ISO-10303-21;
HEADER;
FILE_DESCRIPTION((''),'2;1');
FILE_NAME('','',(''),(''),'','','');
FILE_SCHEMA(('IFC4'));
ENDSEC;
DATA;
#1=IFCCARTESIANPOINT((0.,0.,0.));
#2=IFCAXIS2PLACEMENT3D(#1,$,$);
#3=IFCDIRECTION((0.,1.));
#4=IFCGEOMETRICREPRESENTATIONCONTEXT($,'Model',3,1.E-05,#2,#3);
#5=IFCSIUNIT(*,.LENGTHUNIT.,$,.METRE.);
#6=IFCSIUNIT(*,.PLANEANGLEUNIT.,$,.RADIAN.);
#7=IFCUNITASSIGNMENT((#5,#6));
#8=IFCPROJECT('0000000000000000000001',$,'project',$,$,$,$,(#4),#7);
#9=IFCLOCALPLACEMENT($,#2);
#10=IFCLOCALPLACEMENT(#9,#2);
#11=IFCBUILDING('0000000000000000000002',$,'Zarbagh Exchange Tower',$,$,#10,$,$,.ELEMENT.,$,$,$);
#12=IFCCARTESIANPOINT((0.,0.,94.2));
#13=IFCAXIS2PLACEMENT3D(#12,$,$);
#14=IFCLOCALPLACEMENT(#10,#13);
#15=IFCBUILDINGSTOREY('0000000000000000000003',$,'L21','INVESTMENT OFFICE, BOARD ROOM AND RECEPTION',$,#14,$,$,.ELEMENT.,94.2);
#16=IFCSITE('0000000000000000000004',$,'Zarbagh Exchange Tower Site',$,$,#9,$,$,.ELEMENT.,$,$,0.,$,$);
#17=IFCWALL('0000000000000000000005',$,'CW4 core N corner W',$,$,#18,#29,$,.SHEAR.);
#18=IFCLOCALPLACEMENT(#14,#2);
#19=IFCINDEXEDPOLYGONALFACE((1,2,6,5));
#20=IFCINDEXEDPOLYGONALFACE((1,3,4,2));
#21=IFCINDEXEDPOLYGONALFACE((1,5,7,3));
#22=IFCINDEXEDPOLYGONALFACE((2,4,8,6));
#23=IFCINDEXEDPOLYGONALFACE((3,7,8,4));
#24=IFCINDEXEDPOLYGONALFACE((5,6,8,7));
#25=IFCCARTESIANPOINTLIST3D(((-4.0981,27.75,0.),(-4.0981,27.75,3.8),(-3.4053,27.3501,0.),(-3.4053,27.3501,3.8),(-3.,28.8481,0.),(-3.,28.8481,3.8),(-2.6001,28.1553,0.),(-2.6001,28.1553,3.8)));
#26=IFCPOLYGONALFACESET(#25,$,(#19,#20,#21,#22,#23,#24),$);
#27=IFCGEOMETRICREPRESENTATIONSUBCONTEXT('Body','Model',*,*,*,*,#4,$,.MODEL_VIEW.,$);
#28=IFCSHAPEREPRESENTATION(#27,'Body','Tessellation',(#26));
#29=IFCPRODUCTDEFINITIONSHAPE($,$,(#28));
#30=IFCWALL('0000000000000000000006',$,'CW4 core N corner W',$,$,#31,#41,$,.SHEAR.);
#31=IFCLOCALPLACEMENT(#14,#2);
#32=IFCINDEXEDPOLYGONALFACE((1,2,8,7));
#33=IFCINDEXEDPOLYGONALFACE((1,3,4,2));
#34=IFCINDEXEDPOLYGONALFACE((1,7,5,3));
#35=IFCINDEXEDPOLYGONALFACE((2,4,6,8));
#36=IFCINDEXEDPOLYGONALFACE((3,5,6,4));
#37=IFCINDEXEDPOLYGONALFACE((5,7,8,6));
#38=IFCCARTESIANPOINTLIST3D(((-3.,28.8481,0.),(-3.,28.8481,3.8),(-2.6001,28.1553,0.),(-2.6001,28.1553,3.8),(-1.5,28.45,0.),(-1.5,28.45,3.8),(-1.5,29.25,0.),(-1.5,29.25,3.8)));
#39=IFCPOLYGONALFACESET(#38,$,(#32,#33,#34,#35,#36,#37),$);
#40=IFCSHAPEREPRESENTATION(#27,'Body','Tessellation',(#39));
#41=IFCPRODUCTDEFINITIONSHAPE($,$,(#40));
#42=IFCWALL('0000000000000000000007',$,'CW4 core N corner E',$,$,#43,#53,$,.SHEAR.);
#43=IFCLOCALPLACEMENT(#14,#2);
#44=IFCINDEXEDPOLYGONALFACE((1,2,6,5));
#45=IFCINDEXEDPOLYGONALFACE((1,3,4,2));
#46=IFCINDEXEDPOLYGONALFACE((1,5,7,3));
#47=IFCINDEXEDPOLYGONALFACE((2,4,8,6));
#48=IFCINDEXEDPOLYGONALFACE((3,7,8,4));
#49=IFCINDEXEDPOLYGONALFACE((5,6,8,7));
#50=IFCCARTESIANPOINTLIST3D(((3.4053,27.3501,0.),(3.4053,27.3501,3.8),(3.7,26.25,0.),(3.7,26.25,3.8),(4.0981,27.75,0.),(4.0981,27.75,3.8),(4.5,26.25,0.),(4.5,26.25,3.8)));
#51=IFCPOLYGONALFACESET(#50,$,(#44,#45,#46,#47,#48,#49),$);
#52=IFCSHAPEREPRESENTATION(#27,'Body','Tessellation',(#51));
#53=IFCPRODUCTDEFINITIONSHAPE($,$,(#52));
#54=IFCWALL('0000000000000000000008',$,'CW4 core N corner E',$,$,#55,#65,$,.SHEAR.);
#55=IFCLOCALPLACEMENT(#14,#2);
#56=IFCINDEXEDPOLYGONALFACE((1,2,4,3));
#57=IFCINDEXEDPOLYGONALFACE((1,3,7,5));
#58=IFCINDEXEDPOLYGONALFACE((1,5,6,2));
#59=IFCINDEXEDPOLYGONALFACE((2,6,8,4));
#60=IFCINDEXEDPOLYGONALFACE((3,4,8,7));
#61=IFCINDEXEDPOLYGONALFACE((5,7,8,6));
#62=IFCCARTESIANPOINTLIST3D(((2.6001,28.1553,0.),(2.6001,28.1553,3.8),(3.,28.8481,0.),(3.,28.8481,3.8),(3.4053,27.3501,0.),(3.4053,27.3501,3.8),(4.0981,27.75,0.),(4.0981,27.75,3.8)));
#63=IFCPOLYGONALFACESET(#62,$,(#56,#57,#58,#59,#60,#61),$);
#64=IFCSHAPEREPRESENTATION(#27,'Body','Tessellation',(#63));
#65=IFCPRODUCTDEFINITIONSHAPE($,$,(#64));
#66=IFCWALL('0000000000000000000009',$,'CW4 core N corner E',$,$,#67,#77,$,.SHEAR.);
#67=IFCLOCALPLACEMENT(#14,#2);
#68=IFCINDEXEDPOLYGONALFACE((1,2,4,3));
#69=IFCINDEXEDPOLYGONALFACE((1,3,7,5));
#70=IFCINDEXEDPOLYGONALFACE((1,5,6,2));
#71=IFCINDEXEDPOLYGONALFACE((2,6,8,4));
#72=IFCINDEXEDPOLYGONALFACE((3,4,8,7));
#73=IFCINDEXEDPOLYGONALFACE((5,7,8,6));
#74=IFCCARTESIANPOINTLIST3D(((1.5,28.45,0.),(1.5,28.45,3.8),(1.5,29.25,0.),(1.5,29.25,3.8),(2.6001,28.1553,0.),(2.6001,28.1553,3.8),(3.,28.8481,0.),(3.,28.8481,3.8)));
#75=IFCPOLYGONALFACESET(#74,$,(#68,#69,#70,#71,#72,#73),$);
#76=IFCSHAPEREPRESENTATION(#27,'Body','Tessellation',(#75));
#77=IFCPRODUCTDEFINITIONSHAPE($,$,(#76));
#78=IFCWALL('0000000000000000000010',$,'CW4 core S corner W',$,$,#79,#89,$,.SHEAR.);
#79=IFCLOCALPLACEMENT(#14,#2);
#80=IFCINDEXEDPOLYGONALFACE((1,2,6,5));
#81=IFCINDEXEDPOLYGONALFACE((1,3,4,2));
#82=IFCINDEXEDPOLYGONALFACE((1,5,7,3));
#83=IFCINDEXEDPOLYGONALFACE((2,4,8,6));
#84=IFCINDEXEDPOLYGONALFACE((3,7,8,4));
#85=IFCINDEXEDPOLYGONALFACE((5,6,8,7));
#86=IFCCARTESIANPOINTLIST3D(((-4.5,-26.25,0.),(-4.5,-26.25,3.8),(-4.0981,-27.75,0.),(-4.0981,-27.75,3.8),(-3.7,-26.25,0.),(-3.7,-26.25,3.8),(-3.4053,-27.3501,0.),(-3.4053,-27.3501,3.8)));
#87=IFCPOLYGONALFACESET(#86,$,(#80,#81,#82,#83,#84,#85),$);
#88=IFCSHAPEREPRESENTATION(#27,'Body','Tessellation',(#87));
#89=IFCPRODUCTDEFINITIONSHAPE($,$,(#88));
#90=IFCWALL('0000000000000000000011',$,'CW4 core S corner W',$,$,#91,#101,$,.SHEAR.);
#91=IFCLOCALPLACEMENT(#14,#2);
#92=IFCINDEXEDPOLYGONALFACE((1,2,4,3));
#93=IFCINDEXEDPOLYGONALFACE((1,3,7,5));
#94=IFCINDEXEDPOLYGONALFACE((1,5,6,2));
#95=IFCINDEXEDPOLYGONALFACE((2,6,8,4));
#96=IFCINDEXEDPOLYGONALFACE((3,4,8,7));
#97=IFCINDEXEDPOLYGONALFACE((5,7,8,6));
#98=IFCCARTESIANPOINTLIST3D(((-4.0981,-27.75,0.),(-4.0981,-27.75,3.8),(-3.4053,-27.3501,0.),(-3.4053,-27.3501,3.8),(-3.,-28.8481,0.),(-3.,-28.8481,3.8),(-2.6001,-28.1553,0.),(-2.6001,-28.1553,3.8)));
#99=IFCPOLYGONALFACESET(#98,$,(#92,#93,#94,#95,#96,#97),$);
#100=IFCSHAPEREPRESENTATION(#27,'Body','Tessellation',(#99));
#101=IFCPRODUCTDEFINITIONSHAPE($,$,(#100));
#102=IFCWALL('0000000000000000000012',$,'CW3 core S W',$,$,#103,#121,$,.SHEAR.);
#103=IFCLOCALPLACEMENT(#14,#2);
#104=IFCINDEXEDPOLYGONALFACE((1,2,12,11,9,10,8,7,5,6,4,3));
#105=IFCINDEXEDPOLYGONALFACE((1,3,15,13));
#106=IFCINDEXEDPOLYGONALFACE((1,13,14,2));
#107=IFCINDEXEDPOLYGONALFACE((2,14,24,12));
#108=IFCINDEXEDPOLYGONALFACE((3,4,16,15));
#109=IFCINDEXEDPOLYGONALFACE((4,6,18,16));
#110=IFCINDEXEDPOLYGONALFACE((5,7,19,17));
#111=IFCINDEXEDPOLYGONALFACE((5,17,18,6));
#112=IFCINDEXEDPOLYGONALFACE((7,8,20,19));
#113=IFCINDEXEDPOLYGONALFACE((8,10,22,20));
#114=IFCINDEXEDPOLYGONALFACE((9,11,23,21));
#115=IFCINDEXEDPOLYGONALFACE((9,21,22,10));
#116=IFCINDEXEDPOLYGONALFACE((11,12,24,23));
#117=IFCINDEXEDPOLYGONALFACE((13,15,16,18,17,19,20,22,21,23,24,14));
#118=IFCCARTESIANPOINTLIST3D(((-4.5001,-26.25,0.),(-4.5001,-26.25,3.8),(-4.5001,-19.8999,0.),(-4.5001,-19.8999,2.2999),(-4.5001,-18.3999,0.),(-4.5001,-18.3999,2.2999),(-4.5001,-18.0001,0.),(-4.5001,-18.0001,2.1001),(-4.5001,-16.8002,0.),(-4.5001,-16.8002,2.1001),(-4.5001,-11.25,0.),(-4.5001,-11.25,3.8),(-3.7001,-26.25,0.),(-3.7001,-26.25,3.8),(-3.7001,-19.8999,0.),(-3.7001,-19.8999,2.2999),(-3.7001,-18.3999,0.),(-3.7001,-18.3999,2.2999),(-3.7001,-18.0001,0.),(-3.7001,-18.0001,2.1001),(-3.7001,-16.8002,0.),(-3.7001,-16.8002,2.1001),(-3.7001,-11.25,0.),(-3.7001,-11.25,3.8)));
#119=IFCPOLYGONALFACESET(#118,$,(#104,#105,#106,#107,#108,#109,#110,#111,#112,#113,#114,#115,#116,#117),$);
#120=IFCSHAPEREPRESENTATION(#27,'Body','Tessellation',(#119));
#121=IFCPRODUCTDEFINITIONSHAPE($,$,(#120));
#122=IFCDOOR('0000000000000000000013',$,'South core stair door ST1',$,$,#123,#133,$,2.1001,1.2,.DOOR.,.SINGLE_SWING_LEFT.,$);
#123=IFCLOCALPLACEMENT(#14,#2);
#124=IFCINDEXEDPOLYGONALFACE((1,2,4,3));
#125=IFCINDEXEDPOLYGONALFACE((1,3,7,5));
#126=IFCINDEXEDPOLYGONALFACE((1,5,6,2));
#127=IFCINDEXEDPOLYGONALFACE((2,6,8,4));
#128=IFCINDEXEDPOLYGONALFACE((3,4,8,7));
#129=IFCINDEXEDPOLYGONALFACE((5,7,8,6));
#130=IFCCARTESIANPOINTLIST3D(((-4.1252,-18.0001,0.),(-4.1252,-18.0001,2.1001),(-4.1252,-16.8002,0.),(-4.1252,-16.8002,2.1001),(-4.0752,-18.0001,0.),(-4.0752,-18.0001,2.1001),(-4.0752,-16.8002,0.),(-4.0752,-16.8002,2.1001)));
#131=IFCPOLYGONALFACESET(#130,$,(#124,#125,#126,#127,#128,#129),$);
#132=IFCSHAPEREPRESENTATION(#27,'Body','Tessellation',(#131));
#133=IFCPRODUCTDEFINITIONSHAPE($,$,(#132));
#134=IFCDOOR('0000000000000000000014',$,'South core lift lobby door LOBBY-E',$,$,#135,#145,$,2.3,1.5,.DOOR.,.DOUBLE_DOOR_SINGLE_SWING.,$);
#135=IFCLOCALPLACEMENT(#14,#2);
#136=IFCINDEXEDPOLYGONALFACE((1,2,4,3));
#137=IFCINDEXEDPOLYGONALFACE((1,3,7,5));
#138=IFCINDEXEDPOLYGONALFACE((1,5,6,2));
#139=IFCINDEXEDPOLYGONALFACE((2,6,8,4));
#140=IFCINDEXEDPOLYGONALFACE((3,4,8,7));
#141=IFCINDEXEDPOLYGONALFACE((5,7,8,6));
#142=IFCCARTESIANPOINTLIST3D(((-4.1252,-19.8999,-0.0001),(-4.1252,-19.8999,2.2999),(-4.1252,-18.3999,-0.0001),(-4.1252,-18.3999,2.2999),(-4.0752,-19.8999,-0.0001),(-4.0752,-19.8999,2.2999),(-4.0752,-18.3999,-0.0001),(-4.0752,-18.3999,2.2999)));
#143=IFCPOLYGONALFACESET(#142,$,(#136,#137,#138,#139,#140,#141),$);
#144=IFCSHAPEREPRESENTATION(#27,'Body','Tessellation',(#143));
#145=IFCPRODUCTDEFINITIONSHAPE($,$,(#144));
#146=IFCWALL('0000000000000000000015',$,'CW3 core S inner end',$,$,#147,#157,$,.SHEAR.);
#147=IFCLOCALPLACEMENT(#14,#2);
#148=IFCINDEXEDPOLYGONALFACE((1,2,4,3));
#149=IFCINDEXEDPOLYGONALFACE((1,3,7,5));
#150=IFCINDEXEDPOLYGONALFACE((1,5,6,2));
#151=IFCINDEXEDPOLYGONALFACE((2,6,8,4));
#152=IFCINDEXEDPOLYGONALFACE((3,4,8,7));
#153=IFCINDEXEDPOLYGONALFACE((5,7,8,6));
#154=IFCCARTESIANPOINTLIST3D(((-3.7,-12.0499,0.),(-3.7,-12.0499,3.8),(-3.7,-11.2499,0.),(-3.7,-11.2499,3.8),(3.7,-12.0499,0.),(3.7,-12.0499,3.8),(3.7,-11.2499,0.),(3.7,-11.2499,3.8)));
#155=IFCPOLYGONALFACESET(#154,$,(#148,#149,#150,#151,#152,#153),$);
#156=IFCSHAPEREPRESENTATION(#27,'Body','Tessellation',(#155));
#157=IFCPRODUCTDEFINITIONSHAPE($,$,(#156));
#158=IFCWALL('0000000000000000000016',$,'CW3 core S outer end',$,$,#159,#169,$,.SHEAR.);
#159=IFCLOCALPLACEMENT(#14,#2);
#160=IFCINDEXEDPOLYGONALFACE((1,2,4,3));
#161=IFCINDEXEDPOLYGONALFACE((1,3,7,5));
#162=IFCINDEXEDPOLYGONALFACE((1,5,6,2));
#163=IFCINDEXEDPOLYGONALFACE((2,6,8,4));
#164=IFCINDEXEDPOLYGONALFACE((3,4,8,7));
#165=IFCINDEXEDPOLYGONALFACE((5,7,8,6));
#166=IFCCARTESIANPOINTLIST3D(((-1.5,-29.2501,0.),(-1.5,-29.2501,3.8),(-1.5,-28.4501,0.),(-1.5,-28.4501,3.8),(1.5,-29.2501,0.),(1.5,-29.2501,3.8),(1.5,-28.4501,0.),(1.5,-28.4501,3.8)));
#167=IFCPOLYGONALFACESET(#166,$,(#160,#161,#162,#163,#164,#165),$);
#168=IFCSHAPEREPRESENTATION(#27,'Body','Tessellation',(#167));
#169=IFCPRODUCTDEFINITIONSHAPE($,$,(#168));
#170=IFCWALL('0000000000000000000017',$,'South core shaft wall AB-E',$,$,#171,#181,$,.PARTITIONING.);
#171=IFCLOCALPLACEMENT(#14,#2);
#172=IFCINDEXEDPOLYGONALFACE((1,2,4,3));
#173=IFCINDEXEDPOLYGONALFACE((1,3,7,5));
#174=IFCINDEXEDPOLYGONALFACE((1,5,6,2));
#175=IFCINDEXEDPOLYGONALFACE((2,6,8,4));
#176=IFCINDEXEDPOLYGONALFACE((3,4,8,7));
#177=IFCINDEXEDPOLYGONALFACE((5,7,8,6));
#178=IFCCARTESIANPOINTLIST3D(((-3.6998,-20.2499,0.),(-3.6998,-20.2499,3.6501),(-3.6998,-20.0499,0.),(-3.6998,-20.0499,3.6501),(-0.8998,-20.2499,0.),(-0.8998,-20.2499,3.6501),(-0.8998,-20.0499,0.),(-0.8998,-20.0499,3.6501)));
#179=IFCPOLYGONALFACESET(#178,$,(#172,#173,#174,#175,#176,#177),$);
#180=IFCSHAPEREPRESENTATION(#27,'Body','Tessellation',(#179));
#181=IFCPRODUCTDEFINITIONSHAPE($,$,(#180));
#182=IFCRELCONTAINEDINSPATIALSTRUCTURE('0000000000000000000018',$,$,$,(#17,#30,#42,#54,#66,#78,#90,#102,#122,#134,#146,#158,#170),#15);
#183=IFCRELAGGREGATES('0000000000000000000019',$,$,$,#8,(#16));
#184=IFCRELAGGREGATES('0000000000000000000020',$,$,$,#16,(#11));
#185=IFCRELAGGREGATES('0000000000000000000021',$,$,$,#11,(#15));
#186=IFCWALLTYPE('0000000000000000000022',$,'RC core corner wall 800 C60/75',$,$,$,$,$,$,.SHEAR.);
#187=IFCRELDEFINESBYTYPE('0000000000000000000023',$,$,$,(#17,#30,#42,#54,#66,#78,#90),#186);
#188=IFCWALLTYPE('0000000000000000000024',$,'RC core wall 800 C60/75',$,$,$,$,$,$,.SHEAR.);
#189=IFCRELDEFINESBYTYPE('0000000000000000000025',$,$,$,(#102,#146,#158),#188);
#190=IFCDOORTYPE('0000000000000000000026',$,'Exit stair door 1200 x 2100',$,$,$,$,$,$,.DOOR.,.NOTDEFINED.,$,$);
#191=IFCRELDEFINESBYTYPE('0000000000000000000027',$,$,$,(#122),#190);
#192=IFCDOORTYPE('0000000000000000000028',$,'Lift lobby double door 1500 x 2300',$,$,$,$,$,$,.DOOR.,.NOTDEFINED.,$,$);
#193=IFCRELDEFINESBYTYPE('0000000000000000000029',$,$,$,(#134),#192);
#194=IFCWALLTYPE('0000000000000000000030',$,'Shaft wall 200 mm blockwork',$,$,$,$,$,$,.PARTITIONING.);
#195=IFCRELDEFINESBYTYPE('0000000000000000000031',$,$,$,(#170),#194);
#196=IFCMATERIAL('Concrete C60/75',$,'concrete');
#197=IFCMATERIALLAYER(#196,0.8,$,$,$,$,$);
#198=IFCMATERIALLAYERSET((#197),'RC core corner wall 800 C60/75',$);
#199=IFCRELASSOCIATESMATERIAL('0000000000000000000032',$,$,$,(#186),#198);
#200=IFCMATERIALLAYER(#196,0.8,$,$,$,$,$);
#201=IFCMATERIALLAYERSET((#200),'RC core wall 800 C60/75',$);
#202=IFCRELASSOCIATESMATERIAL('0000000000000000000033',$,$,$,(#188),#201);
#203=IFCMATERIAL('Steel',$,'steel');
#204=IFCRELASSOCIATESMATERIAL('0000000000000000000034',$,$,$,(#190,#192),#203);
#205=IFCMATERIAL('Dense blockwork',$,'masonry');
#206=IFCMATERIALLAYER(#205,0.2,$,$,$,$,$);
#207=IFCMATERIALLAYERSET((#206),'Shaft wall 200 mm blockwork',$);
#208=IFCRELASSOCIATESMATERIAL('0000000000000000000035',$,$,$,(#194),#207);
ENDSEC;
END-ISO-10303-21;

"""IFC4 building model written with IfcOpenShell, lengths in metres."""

from ifc_helpers import new_model, si_unit, direction, frame, frame_2d, origin, place, context, subcontext, project, spatial, polyline, rectangle, outline, extrude, material, layer, layer_set, type_object, element, fill, save


model = new_model("IFC4")

# Units and contexts
model_context = context("Model", 3, precision=1e-05, world=origin(), true_north=direction((0.0, 1.0)))
body_context = subcontext(model_context, "Body", "Model", "MODEL_VIEW")
ifc_project = project(units=[si_unit("LENGTHUNIT", "METRE"), si_unit("PLANEANGLEUNIT", "RADIAN")], contexts=[model_context])

# Site, building, storey
site_placement = place(None, origin())
site = spatial("IfcSite", under=ifc_project, at=site_placement, Name="Zarbagh Exchange Tower Site", CompositionType="ELEMENT", RefElevation=0.0)
building_placement = place(site_placement, origin())
building = spatial("IfcBuilding", under=site, at=building_placement, Name="Zarbagh Exchange Tower", CompositionType="ELEMENT")
storey_placement = place(building_placement, frame((0.0, 0.0, 94.2)))
storey = spatial("IfcBuildingStorey", under=building, at=storey_placement, Name="L21", Description="INVESTMENT OFFICE, BOARD ROOM AND RECEPTION", CompositionType="ELEMENT", Elevation=94.2)

# Shared definitions
ifc_material_1 = material(Name="Concrete C60/75", Category="concrete")

# Walls
ifc_layer_1 = layer(ifc_material_1, 0.8)
ifc_layer_set_1 = layer_set([ifc_layer_1], Name="RC core corner wall 800 C60/75")
wall_type_1 = type_object("IfcWallType", Name="RC core corner wall 800 C60/75", PredefinedType="SHEAR", material=ifc_layer_set_1)
wall_1_placement = place(storey_placement, origin())
element("IfcWall", 1, at=wall_1_placement, inside=storey, type_object=wall_type_1, Name="CW4 core N corner W", PredefinedType="SHEAR", context=body_context, shape_type="SweptSolid", body=[
    extrude(outline(polyline([(-4.0981, 27.75), (-3.0, 28.8481), (-2.6001, 28.1553), (-3.4053, 27.3501), (-4.0981, 27.75)])), origin(), (0.0, 0.0, 1.0), 3.8),
])
wall_2_placement = place(storey_placement, origin())
element("IfcWall", 2, at=wall_2_placement, inside=storey, type_object=wall_type_1, Name="CW4 core N corner W", PredefinedType="SHEAR", context=body_context, shape_type="SweptSolid", body=[
    extrude(outline(polyline([(-3.0, 28.8481), (-1.5, 29.25), (-1.5, 28.45), (-2.6001, 28.1553), (-3.0, 28.8481)])), origin(), (0.0, 0.0, 1.0), 3.8),
])
wall_3_placement = place(storey_placement, origin())
element("IfcWall", 3, at=wall_3_placement, inside=storey, type_object=wall_type_1, Name="CW4 core N corner E", PredefinedType="SHEAR", context=body_context, shape_type="SweptSolid", body=[
    extrude(outline(polyline([(4.5, 26.25), (4.0981, 27.75), (3.4053, 27.3501), (3.7, 26.25), (4.5, 26.25)])), origin(), (0.0, 0.0, 1.0), 3.8),
])
wall_4_placement = place(storey_placement, origin())
element("IfcWall", 4, at=wall_4_placement, inside=storey, type_object=wall_type_1, Name="CW4 core N corner E", PredefinedType="SHEAR", context=body_context, shape_type="SweptSolid", body=[
    extrude(outline(polyline([(4.0981, 27.75), (3.0, 28.8481), (2.6001, 28.1553), (3.4053, 27.3501), (4.0981, 27.75)])), origin(), (0.0, 0.0, 1.0), 3.8),
])
wall_5_placement = place(storey_placement, origin())
element("IfcWall", 5, at=wall_5_placement, inside=storey, type_object=wall_type_1, Name="CW4 core N corner E", PredefinedType="SHEAR", context=body_context, shape_type="SweptSolid", body=[
    extrude(outline(polyline([(3.0, 28.8481), (1.5, 29.25), (1.5, 28.45), (2.6001, 28.1553), (3.0, 28.8481)])), origin(), (0.0, 0.0, 1.0), 3.8),
])
wall_6_placement = place(storey_placement, origin())
element("IfcWall", 6, at=wall_6_placement, inside=storey, type_object=wall_type_1, Name="CW4 core S corner W", PredefinedType="SHEAR", context=body_context, shape_type="SweptSolid", body=[
    extrude(outline(polyline([(-4.5, -26.25), (-4.0981, -27.75), (-3.4053, -27.3501), (-3.7, -26.25), (-4.5, -26.25)])), origin(), (0.0, 0.0, 1.0), 3.8),
])
wall_7_placement = place(storey_placement, origin())
element("IfcWall", 7, at=wall_7_placement, inside=storey, type_object=wall_type_1, Name="CW4 core S corner W", PredefinedType="SHEAR", context=body_context, shape_type="SweptSolid", body=[
    extrude(outline(polyline([(-4.0981, -27.75), (-3.0, -28.8481), (-2.6001, -28.1553), (-3.4053, -27.3501), (-4.0981, -27.75)])), origin(), (0.0, 0.0, 1.0), 3.8),
])

# Wall, openings, doors
ifc_layer_2 = layer(ifc_material_1, 0.8)
ifc_layer_set_2 = layer_set([ifc_layer_2], Name="RC core wall 800 C60/75")
wall_type_2 = type_object("IfcWallType", Name="RC core wall 800 C60/75", PredefinedType="SHEAR", material=ifc_layer_set_2)
wall_8_placement = place(storey_placement, frame((-4.1001, -11.25, 0.0), z_axis=(0.0, 0.0, 1.0), x_axis=(0.0, -1.0, 0.0)))
wall_8 = element("IfcWall", 8, at=wall_8_placement, inside=storey, type_object=wall_type_2, Name="CW3 core S W", PredefinedType="SHEAR", context=body_context, shape_type="SweptSolid", body=[
    extrude(rectangle(XDim=15.0, YDim=0.8, at=frame_2d((7.5, 0.0))), origin(), (0.0, 0.0, 1.0), 3.8),
])
opening_1_placement = place(wall_8_placement, frame((7.1499, 0.0, 0.0)))
opening_1 = element("IfcOpeningElement", 9, at=opening_1_placement, cuts=wall_8, PredefinedType="OPENING", context=body_context, shape_type="SweptSolid", body=[
    extrude(rectangle(XDim=1.5, YDim=2.3, at=frame_2d((0.75, 1.1499))), frame((0.0, 0.4099, 0.0), z_axis=(0.0, -1.0, 0.0), x_axis=(1.0, 0.0, 0.0)), (0.0, 0.0, 1.0), 0.8201),
])
opening_2_placement = place(wall_8_placement, frame((5.55, 0.0, 0.0)))
opening_2 = element("IfcOpeningElement", 10, at=opening_2_placement, cuts=wall_8, PredefinedType="OPENING", context=body_context, shape_type="SweptSolid", body=[
    extrude(rectangle(XDim=1.2, YDim=2.1001, at=frame_2d((0.6001, 1.05))), frame((0.0, 0.4099, 0.0), z_axis=(0.0, -1.0, 0.0), x_axis=(1.0, 0.0, 0.0)), (0.0, 0.0, 1.0), 0.8201),
])
ifc_material_2 = material(Name="Steel", Category="steel")
door_type_1 = type_object("IfcDoorType", Name="Exit stair door 1200 x 2100", OperationType="NOTDEFINED", PredefinedType="DOOR", material=ifc_material_2)
door_1_placement = place(opening_2_placement, origin())
door_1 = element("IfcDoor", 11, at=door_1_placement, inside=storey, type_object=door_type_1, Name="South core stair door ST1", OperationType="SINGLE_SWING_LEFT", OverallHeight=2.1001, OverallWidth=1.2, PredefinedType="DOOR", context=body_context, shape_type="SweptSolid", body=[
    extrude(rectangle(XDim=1.2, YDim=2.1001, at=frame_2d((0.6001, 1.05))), frame((0.0, 0.0249, 0.0), z_axis=(0.0, -1.0, 0.0), x_axis=(1.0, 0.0, 0.0)), (0.0, 0.0, 1.0), 0.05),
])
fill(opening_2, door_1)
door_type_2 = type_object("IfcDoorType", Name="Lift lobby double door 1500 x 2300", OperationType="NOTDEFINED", PredefinedType="DOOR", material=ifc_material_2)
door_2_placement = place(opening_1_placement, origin())
door_2 = element("IfcDoor", 12, at=door_2_placement, inside=storey, type_object=door_type_2, Name="South core lift lobby door LOBBY-E", OperationType="DOUBLE_DOOR_SINGLE_SWING", OverallHeight=2.3, OverallWidth=1.5, PredefinedType="DOOR", context=body_context, shape_type="SweptSolid", body=[
    extrude(rectangle(XDim=1.5, YDim=2.3, at=frame_2d((0.75, 1.1499))), frame((0.0, 0.0249, 0.0), z_axis=(0.0, -1.0, 0.0), x_axis=(1.0, 0.0, 0.0)), (0.0, 0.0, 1.0), 0.05),
])
fill(opening_1, door_2)

# Walls
wall_9_placement = place(storey_placement, frame((-3.7, -11.6499, 0.0), z_axis=(0.0, 0.0, 1.0), x_axis=(1.0, 0.0, 0.0)))
element("IfcWall", 13, at=wall_9_placement, inside=storey, type_object=wall_type_2, Name="CW3 core S inner end", PredefinedType="SHEAR", context=body_context, shape_type="SweptSolid", body=[
    extrude(rectangle(XDim=7.3999, YDim=0.8, at=frame_2d((3.7, 0.0))), origin(), (0.0, 0.0, 1.0), 3.8),
])
wall_10_placement = place(storey_placement, frame((-1.5, -28.8501, 0.0), z_axis=(0.0, 0.0, 1.0), x_axis=(1.0, 0.0, 0.0)))
element("IfcWall", 14, at=wall_10_placement, inside=storey, type_object=wall_type_2, Name="CW3 core S outer end", PredefinedType="SHEAR", context=body_context, shape_type="SweptSolid", body=[
    extrude(rectangle(XDim=3.0, YDim=0.8, at=frame_2d((1.5, 0.0))), origin(), (0.0, 0.0, 1.0), 3.8),
])
ifc_material_3 = material(Name="Dense blockwork", Category="masonry")
ifc_layer_3 = layer(ifc_material_3, 0.2)
ifc_layer_set_3 = layer_set([ifc_layer_3], Name="Shaft wall 200 mm blockwork")
wall_type_3 = type_object("IfcWallType", Name="Shaft wall 200 mm blockwork", PredefinedType="PARTITIONING", material=ifc_layer_set_3)
wall_11_placement = place(storey_placement, frame((-0.8999, -20.1499, 0.0), z_axis=(0.0, 0.0, 1.0), x_axis=(-1.0, 0.0, 0.0)))
element("IfcWall", 15, at=wall_11_placement, inside=storey, type_object=wall_type_3, Name="South core shaft wall AB-E", PredefinedType="PARTITIONING", context=body_context, shape_type="SweptSolid", body=[
    extrude(rectangle(XDim=2.8, YDim=0.2, at=frame_2d((1.3999, 0.0))), origin(), (0.0, 0.0, 1.0), 3.6501),
])

save(model, "model.ifc")
